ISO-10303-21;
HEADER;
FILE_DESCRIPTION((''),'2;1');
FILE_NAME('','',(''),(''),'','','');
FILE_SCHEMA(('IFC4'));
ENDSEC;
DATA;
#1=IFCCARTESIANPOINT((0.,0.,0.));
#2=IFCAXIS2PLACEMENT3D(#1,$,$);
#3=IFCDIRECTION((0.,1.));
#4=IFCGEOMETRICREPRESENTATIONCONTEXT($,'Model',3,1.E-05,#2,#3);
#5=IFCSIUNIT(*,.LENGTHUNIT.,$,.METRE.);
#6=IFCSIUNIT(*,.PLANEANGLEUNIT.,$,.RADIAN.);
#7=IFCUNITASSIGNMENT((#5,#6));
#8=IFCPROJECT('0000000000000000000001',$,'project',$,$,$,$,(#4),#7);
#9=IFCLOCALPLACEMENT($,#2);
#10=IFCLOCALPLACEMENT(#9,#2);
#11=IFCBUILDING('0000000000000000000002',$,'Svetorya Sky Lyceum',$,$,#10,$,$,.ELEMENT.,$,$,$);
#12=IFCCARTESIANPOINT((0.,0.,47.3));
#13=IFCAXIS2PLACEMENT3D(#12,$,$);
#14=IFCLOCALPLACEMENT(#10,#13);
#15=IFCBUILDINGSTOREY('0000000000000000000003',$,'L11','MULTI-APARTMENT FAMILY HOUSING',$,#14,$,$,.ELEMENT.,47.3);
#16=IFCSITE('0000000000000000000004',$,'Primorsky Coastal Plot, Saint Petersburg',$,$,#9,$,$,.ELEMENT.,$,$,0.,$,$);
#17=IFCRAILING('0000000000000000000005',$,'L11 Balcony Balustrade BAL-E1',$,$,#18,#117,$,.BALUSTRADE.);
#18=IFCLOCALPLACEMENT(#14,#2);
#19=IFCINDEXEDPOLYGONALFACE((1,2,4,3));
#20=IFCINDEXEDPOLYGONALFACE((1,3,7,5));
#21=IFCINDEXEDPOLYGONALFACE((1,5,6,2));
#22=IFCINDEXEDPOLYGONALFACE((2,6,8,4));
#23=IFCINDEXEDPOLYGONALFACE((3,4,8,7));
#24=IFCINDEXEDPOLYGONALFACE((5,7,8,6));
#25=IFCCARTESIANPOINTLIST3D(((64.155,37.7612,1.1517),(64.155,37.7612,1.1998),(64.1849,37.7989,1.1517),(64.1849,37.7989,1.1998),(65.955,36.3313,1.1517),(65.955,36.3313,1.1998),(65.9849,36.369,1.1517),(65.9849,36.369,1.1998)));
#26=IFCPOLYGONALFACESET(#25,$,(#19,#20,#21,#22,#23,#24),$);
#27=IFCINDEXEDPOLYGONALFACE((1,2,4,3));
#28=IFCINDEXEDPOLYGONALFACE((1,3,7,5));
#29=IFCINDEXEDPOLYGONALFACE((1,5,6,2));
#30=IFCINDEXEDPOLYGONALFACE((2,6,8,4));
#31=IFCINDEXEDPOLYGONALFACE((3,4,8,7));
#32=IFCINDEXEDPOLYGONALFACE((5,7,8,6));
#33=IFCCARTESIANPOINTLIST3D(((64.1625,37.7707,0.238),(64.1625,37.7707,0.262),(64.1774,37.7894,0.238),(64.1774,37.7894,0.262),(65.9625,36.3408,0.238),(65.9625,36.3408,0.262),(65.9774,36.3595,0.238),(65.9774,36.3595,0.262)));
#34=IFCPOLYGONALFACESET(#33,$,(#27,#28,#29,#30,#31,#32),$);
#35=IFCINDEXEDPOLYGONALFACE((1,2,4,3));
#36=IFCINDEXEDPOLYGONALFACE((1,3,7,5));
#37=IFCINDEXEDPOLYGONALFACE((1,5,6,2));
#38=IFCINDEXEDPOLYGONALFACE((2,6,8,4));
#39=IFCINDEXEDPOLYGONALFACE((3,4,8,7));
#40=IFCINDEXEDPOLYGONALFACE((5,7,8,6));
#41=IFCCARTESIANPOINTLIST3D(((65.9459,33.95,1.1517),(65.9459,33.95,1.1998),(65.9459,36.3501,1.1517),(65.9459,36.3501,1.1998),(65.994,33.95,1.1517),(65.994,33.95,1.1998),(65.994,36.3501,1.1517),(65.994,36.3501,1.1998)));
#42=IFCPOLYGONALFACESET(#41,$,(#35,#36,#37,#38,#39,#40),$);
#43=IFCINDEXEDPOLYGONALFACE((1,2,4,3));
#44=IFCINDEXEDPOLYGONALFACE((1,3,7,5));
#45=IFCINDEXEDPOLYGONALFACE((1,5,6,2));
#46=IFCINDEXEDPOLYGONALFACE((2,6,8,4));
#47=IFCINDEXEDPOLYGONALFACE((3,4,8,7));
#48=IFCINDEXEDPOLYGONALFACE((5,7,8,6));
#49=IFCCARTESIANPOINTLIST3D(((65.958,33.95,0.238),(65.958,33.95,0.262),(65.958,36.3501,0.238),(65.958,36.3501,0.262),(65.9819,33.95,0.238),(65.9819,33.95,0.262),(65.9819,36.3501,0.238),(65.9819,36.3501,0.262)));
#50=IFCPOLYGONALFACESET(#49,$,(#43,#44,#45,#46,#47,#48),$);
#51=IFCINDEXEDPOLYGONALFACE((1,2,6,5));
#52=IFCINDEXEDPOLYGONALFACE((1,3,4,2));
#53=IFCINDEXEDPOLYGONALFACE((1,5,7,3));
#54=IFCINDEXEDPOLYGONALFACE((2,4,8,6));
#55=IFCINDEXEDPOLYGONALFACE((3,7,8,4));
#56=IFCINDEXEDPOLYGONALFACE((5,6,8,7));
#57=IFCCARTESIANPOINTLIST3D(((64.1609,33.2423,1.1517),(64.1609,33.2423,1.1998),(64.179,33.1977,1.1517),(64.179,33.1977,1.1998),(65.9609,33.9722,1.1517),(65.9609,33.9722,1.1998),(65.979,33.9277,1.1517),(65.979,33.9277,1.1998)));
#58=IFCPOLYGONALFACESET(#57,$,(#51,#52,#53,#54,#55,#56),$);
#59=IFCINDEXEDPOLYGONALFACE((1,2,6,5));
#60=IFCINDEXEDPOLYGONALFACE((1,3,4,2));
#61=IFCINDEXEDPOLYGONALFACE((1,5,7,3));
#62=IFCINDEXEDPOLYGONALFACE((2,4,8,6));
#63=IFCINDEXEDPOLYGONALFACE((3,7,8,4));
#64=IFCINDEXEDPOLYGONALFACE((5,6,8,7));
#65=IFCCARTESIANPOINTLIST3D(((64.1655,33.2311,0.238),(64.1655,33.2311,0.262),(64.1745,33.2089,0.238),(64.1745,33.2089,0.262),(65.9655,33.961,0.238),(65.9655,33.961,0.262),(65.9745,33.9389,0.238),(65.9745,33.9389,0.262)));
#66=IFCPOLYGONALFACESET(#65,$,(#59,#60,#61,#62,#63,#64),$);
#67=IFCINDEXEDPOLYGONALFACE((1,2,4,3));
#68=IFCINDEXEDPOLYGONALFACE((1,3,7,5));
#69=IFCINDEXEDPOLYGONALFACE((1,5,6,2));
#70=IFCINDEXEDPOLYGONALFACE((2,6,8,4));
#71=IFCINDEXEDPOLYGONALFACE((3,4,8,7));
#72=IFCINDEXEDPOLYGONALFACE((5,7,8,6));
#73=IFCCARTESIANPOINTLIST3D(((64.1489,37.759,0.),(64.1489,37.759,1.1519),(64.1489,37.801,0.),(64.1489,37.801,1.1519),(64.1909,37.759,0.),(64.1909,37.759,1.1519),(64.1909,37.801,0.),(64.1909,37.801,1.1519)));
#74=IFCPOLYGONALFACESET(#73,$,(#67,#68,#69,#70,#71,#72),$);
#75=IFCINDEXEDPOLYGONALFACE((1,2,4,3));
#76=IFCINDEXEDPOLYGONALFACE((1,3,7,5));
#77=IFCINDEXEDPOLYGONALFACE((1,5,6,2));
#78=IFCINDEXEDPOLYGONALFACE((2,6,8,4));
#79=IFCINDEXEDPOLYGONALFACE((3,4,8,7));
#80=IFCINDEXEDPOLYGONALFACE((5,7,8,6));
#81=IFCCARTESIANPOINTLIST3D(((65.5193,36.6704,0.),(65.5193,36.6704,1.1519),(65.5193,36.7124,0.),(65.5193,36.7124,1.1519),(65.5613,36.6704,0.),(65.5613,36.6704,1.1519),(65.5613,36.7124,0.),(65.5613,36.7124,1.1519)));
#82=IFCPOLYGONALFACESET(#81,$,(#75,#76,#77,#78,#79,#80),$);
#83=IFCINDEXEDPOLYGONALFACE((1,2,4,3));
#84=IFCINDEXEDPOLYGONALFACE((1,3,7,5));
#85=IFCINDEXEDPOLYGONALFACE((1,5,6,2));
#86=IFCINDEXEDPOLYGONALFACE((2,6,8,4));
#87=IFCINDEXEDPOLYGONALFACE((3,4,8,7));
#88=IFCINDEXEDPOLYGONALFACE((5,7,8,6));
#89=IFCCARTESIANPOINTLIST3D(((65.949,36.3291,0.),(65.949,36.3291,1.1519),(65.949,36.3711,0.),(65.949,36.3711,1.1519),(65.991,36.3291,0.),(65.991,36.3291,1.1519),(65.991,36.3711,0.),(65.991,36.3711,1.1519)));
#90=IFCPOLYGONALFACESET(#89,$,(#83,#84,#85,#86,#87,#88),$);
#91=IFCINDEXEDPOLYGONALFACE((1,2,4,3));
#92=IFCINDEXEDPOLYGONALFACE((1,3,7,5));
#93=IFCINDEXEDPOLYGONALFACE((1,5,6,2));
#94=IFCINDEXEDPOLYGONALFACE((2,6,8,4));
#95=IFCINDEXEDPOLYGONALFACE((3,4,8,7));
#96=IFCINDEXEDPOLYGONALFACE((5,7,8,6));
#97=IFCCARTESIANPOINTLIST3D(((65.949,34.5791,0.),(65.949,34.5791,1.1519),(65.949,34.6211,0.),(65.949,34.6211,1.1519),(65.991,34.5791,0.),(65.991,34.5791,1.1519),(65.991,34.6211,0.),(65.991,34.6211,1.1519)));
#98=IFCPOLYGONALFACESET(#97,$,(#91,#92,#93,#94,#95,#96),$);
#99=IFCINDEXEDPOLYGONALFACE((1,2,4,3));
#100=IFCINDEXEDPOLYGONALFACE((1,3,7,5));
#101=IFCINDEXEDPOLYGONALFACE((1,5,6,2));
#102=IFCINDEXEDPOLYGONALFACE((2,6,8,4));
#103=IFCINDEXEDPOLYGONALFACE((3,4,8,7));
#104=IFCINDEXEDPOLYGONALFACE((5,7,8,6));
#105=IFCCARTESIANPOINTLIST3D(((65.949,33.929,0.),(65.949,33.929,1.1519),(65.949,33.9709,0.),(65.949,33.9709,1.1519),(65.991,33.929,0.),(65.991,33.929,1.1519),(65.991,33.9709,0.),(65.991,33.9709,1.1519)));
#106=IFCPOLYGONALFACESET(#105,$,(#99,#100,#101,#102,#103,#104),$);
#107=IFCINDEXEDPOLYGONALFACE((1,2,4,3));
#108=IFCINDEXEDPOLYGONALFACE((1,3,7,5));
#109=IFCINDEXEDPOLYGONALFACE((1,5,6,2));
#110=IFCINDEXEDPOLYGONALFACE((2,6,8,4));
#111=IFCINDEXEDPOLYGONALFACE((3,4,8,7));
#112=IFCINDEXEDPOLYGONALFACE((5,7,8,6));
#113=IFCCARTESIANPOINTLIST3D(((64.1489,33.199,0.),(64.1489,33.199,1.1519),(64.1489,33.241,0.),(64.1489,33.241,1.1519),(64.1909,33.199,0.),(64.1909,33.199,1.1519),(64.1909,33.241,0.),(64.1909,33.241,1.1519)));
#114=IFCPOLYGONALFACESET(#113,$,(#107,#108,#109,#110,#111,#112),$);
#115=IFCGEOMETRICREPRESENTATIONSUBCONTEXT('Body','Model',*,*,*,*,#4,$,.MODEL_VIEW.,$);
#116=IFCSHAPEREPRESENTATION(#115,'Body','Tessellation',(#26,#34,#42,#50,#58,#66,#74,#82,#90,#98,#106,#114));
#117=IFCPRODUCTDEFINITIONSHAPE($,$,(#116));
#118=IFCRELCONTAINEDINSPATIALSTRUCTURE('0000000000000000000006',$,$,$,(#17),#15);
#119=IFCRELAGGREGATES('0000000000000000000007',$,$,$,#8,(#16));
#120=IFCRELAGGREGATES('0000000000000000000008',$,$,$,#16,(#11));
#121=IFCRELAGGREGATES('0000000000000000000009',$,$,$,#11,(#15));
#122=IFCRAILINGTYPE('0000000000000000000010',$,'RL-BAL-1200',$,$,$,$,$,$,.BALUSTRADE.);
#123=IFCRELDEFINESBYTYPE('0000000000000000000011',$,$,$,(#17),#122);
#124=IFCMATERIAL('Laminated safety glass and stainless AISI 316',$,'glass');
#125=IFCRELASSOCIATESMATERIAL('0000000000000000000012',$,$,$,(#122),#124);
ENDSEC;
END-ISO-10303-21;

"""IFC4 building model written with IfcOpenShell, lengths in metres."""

from ifc_helpers import new_model, si_unit, direction, frame, origin, origin_2d, place, context, subcontext, project, spatial, rectangle, extrude, material, type_object, element, save


model = new_model("IFC4")

# Units and contexts
model_context = context("Model", 3, precision=1e-05, world=origin(), true_north=direction((0.0, 1.0)))
body_context = subcontext(model_context, "Body", "Model", "MODEL_VIEW")
ifc_project = project(units=[si_unit("LENGTHUNIT", "METRE"), si_unit("PLANEANGLEUNIT", "RADIAN")], contexts=[model_context])

# Site, building, storey
site_placement = place(None, origin())
site = spatial("IfcSite", under=ifc_project, at=site_placement, Name="Primorsky Coastal Plot, Saint Petersburg", CompositionType="ELEMENT", RefElevation=0.0)
building_placement = place(site_placement, origin())
building = spatial("IfcBuilding", under=site, at=building_placement, Name="Svetorya Sky Lyceum", CompositionType="ELEMENT")
storey_placement = place(building_placement, frame((0.0, 0.0, 47.3)))
storey = spatial("IfcBuildingStorey", under=building, at=storey_placement, Name="L11", Description="MULTI-APARTMENT FAMILY HOUSING", CompositionType="ELEMENT", Elevation=47.3)

# Railing
ifc_material_1 = material(Name="Laminated safety glass and stainless AISI 316", Category="glass")
railing_type = type_object("IfcRailingType", Name="RL-BAL-1200", PredefinedType="BALUSTRADE", material=ifc_material_1)
railing_placement = place(storey_placement, frame((64.1699, 37.78, 0.0)))
element("IfcRailing", 1, at=railing_placement, inside=storey, type_object=railing_type, Name="L11 Balcony Balustrade BAL-E1", PredefinedType="BALUSTRADE", context=body_context, shape_type="SweptSolid", body=[
    extrude(rectangle(XDim=0.0481, YDim=0.0481, at=origin_2d()), frame((0.0, 0.0, 1.1758), z_axis=(0.783009, -0.62201, 0.0), x_axis=(0.62201, 0.783009, 0.0)), (0.0, 0.0, 1.0), 2.2988),
    extrude(rectangle(XDim=0.0239, YDim=0.0239, at=origin_2d()), frame((0.0, 0.0, 0.25), z_axis=(0.783009, -0.62201, 0.0), x_axis=(0.62201, 0.783009, 0.0)), (0.0, 0.0, 1.0), 2.2988),
    extrude(rectangle(XDim=0.0481, YDim=0.0481, at=origin_2d()), frame((1.8, -1.4299, 1.1758), z_axis=(0.0, -1.0, 0.0), x_axis=(1.0, 0.0, 0.0)), (0.0, 0.0, 1.0), 2.4001),
    extrude(rectangle(XDim=0.0239, YDim=0.0239, at=origin_2d()), frame((1.8, -1.4299, 0.25), z_axis=(0.0, -1.0, 0.0), x_axis=(1.0, 0.0, 0.0)), (0.0, 0.0, 1.0), 2.4001),
    extrude(rectangle(XDim=0.0481, YDim=0.0481, at=origin_2d()), frame((1.8, -3.8301, 1.1758), z_axis=(-0.926698, -0.375807, 0.0), x_axis=(0.375807, -0.926698, 0.0)), (0.0, 0.0, 1.0), 1.9424),
    extrude(rectangle(XDim=0.0239, YDim=0.0239, at=origin_2d()), frame((1.8, -3.8301, 0.25), z_axis=(-0.926698, -0.375807, 0.0), x_axis=(0.375807, -0.926698, 0.0)), (0.0, 0.0, 1.0), 1.9424),
    extrude(rectangle(XDim=0.042, YDim=0.042, at=origin_2d()), origin(), (0.0, 0.0, 1.0), 1.1519),
    extrude(rectangle(XDim=0.042, YDim=0.042, at=origin_2d()), frame((1.3704, -1.0886, 0.0)), (0.0, 0.0, 1.0), 1.1519),
    extrude(rectangle(XDim=0.042, YDim=0.042, at=origin_2d()), frame((1.8, -1.4299, 0.0)), (0.0, 0.0, 1.0), 1.1519),
    extrude(rectangle(XDim=0.042, YDim=0.042, at=origin_2d()), frame((1.8, -3.1799, 0.0)), (0.0, 0.0, 1.0), 1.1519),
    extrude(rectangle(XDim=0.042, YDim=0.042, at=origin_2d()), frame((1.8, -3.8301, 0.0)), (0.0, 0.0, 1.0), 1.1519),
    extrude(rectangle(XDim=0.042, YDim=0.042, at=origin_2d()), frame((0.0, -4.5601, 0.0)), (0.0, 0.0, 1.0), 1.1519),
])

save(model, "model.ifc")
